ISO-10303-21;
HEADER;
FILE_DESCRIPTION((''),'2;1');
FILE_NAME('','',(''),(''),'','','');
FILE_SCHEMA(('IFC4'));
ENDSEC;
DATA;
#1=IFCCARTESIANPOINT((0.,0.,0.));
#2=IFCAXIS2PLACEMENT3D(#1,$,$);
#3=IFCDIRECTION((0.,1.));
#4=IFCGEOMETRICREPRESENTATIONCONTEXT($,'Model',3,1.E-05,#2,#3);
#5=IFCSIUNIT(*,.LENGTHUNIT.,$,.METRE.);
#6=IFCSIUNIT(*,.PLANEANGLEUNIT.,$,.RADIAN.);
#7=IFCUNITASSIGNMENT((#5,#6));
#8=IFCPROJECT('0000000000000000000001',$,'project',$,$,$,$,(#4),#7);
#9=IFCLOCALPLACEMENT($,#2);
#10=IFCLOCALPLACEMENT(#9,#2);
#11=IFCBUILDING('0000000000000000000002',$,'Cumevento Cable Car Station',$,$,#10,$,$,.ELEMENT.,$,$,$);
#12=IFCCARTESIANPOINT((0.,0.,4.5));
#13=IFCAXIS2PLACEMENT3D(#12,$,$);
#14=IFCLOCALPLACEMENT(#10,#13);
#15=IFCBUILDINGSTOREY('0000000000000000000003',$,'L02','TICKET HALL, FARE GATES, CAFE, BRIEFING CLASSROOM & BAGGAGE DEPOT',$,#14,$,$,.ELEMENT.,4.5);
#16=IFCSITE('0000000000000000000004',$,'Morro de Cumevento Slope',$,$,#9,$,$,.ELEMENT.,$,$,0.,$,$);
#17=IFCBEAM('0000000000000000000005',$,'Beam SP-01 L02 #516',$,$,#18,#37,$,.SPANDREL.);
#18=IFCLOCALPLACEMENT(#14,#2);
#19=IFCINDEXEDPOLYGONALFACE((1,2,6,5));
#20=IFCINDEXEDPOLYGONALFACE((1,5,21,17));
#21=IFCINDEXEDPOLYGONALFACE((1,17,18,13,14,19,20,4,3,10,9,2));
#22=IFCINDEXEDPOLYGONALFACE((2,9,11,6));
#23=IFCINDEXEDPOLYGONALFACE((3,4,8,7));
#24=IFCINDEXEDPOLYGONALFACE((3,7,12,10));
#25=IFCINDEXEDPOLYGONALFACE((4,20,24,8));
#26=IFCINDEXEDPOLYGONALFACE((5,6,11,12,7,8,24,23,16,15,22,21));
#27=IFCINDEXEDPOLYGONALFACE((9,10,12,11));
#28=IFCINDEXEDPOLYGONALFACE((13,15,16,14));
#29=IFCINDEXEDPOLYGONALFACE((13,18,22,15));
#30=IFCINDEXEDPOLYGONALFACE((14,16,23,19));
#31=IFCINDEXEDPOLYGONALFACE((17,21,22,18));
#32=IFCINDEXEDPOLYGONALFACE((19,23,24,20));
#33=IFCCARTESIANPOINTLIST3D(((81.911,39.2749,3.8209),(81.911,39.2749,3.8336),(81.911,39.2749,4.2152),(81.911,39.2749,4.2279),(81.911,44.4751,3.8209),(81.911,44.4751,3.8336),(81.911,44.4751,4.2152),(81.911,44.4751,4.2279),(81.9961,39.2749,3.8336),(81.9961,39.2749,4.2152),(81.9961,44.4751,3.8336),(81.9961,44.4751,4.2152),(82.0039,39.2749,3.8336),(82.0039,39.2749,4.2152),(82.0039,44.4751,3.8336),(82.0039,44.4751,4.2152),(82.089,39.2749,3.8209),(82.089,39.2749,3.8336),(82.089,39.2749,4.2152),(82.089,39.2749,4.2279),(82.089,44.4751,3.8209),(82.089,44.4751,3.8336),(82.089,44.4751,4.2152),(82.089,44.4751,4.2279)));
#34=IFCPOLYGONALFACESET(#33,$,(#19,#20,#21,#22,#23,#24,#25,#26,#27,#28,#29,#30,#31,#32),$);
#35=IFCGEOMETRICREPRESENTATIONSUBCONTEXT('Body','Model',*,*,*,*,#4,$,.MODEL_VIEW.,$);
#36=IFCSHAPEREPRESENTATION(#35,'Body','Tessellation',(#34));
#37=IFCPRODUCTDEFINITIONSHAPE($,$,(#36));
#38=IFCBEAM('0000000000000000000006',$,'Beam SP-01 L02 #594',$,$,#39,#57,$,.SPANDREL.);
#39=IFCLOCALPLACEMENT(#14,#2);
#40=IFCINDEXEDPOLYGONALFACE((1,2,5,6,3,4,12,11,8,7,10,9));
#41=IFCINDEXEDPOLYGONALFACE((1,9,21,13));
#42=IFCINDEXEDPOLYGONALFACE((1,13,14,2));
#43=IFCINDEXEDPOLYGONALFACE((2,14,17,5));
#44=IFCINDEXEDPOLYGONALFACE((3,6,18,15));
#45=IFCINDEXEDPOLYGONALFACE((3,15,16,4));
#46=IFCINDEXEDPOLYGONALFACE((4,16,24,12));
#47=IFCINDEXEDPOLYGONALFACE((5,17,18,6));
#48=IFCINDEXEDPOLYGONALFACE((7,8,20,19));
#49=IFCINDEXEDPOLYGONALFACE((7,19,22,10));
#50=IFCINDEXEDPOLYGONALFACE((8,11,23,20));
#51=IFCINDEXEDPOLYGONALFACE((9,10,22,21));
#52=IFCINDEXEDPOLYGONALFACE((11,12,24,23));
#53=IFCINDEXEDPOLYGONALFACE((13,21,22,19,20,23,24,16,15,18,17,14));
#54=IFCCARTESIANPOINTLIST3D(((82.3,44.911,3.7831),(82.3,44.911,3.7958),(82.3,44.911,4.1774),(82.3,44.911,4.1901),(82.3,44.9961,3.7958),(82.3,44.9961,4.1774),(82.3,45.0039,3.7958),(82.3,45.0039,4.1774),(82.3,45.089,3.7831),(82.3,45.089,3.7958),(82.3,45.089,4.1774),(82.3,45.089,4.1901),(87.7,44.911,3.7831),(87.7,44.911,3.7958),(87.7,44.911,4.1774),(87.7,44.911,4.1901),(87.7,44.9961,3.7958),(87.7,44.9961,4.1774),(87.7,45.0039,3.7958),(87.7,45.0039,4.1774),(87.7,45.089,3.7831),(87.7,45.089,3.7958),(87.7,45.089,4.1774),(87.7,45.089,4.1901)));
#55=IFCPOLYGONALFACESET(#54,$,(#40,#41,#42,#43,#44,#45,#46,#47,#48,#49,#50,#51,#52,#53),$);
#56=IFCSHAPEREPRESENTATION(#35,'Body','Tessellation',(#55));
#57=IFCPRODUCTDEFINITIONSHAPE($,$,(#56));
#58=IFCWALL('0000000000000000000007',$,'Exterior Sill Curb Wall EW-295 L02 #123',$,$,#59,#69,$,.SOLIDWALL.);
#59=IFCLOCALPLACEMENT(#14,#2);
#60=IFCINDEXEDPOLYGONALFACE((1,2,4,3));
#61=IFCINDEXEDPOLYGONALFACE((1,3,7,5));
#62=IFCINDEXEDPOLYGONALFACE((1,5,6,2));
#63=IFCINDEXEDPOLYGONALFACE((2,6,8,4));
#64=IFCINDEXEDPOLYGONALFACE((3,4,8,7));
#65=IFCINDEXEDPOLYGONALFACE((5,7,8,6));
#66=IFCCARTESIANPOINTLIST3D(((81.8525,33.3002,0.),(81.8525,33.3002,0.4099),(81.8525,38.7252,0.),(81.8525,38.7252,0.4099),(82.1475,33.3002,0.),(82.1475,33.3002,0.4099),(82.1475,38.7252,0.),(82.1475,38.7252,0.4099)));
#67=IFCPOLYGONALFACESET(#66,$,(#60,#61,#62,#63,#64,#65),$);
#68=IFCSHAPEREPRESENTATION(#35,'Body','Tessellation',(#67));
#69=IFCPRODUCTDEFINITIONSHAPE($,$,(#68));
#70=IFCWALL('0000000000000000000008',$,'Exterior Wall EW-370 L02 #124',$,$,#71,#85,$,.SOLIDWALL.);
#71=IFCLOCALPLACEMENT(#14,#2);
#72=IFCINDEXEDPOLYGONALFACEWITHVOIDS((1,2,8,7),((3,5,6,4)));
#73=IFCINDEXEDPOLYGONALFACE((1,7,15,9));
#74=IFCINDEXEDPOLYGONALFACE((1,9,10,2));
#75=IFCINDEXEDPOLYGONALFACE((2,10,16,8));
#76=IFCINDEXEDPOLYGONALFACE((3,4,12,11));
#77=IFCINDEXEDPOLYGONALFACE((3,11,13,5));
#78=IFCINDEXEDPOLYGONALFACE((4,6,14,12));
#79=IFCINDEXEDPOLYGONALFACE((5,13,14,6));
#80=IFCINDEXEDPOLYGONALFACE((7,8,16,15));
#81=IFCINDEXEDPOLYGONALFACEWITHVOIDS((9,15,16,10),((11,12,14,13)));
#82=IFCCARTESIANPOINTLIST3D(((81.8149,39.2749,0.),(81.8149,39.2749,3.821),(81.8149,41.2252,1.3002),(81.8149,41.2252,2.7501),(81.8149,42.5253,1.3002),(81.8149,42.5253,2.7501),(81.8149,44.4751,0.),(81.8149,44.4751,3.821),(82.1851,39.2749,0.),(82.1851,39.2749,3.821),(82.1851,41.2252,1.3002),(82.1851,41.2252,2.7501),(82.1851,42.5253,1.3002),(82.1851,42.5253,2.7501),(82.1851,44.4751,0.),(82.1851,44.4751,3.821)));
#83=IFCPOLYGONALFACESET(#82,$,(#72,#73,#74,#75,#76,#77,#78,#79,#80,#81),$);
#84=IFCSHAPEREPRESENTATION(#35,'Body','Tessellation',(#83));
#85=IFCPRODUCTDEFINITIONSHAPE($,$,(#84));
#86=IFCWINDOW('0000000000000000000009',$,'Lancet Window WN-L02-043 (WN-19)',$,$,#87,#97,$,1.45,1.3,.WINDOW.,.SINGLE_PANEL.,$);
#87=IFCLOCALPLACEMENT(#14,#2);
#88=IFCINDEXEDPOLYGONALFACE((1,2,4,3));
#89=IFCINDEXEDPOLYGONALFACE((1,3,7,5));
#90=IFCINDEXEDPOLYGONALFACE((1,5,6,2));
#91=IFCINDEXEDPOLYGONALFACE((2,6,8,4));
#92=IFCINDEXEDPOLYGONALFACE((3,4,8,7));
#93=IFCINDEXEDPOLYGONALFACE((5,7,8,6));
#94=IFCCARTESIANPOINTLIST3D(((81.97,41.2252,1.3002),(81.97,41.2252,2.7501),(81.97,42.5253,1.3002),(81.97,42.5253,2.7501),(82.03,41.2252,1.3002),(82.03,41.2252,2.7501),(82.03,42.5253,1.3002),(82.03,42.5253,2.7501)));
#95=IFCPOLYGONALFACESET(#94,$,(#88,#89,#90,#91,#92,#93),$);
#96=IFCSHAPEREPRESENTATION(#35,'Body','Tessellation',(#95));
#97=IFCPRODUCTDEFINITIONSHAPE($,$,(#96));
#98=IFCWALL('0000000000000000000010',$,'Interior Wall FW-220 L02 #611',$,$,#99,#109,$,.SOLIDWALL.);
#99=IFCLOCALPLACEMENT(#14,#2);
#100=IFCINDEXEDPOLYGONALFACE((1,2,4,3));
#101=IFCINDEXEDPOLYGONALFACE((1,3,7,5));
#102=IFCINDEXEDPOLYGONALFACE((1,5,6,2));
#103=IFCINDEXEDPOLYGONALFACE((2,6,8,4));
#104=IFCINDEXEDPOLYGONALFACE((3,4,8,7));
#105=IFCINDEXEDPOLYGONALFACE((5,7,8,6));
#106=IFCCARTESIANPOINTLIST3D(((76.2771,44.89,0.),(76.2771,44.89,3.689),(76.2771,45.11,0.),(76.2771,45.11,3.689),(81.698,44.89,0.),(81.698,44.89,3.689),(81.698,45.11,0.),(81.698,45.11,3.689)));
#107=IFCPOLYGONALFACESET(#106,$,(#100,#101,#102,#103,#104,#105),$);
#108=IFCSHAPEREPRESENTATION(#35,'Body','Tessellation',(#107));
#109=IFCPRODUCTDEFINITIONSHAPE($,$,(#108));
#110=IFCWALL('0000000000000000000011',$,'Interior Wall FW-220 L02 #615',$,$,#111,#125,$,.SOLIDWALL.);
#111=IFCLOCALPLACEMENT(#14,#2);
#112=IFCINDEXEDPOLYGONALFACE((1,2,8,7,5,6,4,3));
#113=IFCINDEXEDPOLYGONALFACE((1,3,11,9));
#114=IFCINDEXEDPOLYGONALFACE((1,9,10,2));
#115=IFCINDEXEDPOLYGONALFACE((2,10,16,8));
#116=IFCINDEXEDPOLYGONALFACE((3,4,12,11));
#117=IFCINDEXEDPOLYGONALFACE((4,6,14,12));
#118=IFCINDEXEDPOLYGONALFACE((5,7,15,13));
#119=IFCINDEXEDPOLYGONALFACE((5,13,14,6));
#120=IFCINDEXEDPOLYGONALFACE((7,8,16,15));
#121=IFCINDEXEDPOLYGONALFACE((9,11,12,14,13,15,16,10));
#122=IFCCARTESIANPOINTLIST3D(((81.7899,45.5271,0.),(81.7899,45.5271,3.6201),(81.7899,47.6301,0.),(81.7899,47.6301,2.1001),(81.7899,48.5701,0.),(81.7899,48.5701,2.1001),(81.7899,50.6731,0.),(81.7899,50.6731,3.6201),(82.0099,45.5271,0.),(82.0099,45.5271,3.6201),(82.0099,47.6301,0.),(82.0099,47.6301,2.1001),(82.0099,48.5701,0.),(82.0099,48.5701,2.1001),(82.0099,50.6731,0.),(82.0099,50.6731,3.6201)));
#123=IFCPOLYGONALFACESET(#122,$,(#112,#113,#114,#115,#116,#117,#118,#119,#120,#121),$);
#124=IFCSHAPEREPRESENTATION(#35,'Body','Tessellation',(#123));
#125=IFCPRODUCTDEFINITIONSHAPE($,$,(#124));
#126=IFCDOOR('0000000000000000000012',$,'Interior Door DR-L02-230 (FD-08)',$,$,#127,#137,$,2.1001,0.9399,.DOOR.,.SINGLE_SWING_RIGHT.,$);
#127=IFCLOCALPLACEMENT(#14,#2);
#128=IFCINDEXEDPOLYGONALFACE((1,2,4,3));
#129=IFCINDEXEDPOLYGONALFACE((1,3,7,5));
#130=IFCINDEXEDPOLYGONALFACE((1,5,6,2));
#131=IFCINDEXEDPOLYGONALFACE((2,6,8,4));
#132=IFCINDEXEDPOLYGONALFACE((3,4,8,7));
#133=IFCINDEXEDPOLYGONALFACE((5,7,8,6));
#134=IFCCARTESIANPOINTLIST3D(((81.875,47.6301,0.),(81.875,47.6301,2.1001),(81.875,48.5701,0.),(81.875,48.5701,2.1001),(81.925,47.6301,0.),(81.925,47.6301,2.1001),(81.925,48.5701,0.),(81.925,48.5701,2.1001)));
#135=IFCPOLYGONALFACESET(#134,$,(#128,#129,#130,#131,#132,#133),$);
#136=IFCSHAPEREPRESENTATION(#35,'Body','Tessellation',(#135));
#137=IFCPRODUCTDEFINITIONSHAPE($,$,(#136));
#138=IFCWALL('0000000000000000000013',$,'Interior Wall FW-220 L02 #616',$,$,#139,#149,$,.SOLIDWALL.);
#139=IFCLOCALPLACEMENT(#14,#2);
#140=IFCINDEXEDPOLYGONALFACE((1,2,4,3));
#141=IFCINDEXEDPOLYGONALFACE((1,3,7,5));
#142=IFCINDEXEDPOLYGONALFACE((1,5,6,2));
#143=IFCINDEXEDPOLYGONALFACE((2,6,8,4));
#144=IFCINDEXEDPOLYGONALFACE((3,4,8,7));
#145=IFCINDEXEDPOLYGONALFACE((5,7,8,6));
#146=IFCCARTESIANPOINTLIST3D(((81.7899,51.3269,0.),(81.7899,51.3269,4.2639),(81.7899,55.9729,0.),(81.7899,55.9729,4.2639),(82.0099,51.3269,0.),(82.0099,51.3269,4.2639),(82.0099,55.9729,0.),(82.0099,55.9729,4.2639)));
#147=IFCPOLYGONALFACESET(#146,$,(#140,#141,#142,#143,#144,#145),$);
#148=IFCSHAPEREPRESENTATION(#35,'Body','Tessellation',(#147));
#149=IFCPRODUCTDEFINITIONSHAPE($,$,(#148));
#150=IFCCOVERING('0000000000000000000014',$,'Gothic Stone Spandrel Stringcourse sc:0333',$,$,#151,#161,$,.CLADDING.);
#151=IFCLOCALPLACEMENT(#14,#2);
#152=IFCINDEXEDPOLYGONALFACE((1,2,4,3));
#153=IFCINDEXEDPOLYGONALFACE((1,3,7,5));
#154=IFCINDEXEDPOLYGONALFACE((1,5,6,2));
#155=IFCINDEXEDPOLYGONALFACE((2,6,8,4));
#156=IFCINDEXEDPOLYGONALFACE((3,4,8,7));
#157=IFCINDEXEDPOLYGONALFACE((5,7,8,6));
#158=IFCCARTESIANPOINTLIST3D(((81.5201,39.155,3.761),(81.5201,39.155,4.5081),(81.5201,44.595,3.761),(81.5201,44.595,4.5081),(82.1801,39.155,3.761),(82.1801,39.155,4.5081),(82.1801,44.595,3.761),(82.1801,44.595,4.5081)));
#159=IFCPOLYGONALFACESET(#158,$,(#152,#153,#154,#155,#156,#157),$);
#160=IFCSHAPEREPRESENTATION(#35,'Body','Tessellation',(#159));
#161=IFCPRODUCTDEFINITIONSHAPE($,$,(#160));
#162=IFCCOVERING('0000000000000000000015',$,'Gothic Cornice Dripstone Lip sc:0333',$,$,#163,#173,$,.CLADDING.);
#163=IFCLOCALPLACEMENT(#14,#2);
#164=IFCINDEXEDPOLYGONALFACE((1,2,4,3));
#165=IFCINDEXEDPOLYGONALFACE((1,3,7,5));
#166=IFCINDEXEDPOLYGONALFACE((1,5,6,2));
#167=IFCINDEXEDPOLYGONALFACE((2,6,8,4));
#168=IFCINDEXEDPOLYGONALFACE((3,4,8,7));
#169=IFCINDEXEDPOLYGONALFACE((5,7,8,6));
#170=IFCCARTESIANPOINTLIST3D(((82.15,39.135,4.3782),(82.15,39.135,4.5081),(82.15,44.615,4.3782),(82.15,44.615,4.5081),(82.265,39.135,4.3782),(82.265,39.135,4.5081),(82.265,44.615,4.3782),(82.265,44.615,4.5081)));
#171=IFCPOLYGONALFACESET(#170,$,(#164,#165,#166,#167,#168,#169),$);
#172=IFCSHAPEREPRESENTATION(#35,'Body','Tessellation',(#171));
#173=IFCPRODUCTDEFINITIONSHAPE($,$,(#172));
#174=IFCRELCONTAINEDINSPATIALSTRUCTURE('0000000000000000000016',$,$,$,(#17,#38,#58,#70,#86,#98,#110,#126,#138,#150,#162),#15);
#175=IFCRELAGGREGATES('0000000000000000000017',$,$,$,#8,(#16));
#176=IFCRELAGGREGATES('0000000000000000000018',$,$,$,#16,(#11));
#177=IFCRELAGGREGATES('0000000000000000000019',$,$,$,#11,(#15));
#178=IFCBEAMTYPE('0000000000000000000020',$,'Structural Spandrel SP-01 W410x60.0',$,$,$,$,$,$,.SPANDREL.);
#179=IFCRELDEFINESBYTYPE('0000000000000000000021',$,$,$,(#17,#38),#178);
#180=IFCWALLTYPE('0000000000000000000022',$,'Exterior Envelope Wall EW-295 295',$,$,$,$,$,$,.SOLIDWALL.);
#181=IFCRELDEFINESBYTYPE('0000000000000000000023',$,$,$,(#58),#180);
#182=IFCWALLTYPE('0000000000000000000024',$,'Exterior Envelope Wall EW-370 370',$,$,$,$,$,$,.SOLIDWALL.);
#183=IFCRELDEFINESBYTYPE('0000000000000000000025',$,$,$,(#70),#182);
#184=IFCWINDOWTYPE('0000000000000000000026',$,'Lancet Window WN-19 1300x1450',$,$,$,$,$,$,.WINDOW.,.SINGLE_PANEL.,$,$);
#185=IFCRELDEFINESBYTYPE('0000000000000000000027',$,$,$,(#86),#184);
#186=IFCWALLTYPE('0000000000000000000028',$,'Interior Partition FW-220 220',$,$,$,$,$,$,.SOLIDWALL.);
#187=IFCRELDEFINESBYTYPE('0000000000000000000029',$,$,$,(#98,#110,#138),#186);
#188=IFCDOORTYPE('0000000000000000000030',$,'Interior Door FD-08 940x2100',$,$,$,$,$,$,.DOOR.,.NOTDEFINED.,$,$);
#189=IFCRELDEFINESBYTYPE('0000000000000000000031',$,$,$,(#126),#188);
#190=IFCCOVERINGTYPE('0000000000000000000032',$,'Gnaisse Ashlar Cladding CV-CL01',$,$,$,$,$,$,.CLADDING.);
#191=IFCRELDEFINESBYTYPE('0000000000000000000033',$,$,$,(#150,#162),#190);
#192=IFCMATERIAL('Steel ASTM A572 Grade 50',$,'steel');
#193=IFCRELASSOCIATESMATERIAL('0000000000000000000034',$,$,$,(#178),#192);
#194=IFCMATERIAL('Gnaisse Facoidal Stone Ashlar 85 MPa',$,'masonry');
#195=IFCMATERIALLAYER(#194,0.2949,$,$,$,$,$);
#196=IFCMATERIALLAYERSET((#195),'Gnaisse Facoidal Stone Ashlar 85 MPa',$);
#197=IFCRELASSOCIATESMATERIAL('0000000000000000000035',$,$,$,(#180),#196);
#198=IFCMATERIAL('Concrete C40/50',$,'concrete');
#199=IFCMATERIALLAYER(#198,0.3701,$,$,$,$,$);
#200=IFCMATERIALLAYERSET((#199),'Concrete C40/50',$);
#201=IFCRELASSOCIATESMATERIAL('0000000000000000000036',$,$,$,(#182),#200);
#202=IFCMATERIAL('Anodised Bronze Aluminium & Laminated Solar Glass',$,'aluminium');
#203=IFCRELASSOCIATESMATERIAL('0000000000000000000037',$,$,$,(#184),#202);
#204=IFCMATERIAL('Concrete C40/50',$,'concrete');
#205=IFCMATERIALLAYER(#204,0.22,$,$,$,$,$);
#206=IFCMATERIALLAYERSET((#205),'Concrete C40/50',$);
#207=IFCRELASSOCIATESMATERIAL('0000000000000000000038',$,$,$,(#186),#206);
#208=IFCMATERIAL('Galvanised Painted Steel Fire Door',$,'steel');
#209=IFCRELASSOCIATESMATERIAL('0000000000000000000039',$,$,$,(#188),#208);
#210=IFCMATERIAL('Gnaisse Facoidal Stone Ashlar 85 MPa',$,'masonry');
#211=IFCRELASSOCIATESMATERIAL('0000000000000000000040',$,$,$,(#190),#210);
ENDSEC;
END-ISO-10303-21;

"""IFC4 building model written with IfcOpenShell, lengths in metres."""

from ifc_helpers import new_model, si_unit, direction, frame, frame_2d, origin, origin_2d, place, context, subcontext, project, spatial, rectangle, i_section, extrude, material, layer, layer_set, material_profile, profile_set, type_object, element, fill, save


model = new_model("IFC4")

# Units and contexts
model_context = context("Model", 3, precision=1e-05, world=origin(), true_north=direction((0.0, 1.0)))
body_context = subcontext(model_context, "Body", "Model", "MODEL_VIEW")
ifc_project = project(units=[si_unit("LENGTHUNIT", "METRE"), si_unit("PLANEANGLEUNIT", "RADIAN")], contexts=[model_context])

# Site, building, storey
site_placement = place(None, origin())
site = spatial("IfcSite", under=ifc_project, at=site_placement, Name="Morro de Cumevento Slope", CompositionType="ELEMENT", RefElevation=0.0)
building_placement = place(site_placement, origin())
building = spatial("IfcBuilding", under=site, at=building_placement, Name="Cumevento Cable Car Station", CompositionType="ELEMENT")
storey_placement = place(building_placement, frame((0.0, 0.0, 4.5)))
storey = spatial("IfcBuildingStorey", under=building, at=storey_placement, Name="L02", Description="TICKET HALL, FARE GATES, CAFE, BRIEFING CLASSROOM & BAGGAGE DEPOT", CompositionType="ELEMENT", Elevation=4.5)

# Beams
ifc_material_1 = material(Name="Steel ASTM A572 Grade 50", Category="steel")
ifc_material_profile_1 = material_profile(ifc_material_1, i_section(OverallWidth=0.178, OverallDepth=0.407, WebThickness=0.0078, FlangeThickness=0.0127, at=origin_2d()), Name="W410x60.0")
ifc_profile_set_1 = profile_set([ifc_material_profile_1], Name="Steel ASTM A572 Grade 50")
beam_type_1 = type_object("IfcBeamType", Name="Structural Spandrel SP-01 W410x60.0", PredefinedType="SPANDREL", material=ifc_profile_set_1)
beam_1_placement = place(storey_placement, frame((82.0, 39.2749, 4.0244), z_axis=(0.0, 1.0, 0.0), x_axis=(-1.0, 0.0, 0.0)))
element("IfcBeam", 1, at=beam_1_placement, inside=storey, type_object=beam_type_1, Name="Beam SP-01 L02 #516", PredefinedType="SPANDREL", context=body_context, shape_type="SweptSolid", body=[
    extrude(i_section(OverallWidth=0.178, OverallDepth=0.407, WebThickness=0.0078, FlangeThickness=0.0127, at=origin_2d()), origin(), (0.0, 0.0, 1.0), 5.2002),
])
beam_2_placement = place(storey_placement, frame((82.3, 45.0, 3.9866), z_axis=(1.0, 0.0, 0.0), x_axis=(0.0, 1.0, 0.0)))
element("IfcBeam", 2, at=beam_2_placement, inside=storey, type_object=beam_type_1, Name="Beam SP-01 L02 #594", PredefinedType="SPANDREL", context=body_context, shape_type="SweptSolid", body=[
    extrude(i_section(OverallWidth=0.178, OverallDepth=0.407, WebThickness=0.0078, FlangeThickness=0.0127, at=origin_2d()), origin(), (0.0, 0.0, 1.0), 5.3999),
])

# Wall
ifc_material_2 = material(Name="Gnaisse Facoidal Stone Ashlar 85 MPa", Category="masonry")
ifc_layer_1 = layer(ifc_material_2, 0.2949)
ifc_layer_set_1 = layer_set([ifc_layer_1], Name="Gnaisse Facoidal Stone Ashlar 85 MPa")
wall_type_1 = type_object("IfcWallType", Name="Exterior Envelope Wall EW-295 295", PredefinedType="SOLIDWALL", material=ifc_layer_set_1)
wall_1_placement = place(storey_placement, frame((82.0, 38.7251, 0.0), z_axis=(0.0, 0.0, 1.0), x_axis=(0.0, -1.0, 0.0)))
element("IfcWall", 3, at=wall_1_placement, inside=storey, type_object=wall_type_1, Name="Exterior Sill Curb Wall EW-295 L02 #123", PredefinedType="SOLIDWALL", context=body_context, shape_type="SweptSolid", body=[
    extrude(rectangle(XDim=5.425, YDim=0.2949, at=frame_2d((2.7124, 0.0))), origin(), (0.0, 0.0, 1.0), 0.4099),
])

# Wall, opening, window
ifc_material_3 = material(Name="Concrete C40/50", Category="concrete")
ifc_layer_2 = layer(ifc_material_3, 0.3701)
ifc_layer_set_2 = layer_set([ifc_layer_2], Name="Concrete C40/50")
wall_type_2 = type_object("IfcWallType", Name="Exterior Envelope Wall EW-370 370", PredefinedType="SOLIDWALL", material=ifc_layer_set_2)
wall_2_placement = place(storey_placement, frame((82.0, 44.4751, 0.0), z_axis=(0.0, 0.0, 1.0), x_axis=(0.0, -1.0, 0.0)))
wall_2 = element("IfcWall", 4, at=wall_2_placement, inside=storey, type_object=wall_type_2, Name="Exterior Wall EW-370 L02 #124", PredefinedType="SOLIDWALL", context=body_context, shape_type="SweptSolid", body=[
    extrude(rectangle(XDim=5.2002, YDim=0.3701, at=frame_2d((2.6001, 0.0))), origin(), (0.0, 0.0, 1.0), 3.821),
])
opening_1_placement = place(wall_2_placement, frame((1.95, 0.0, 1.3)))
opening_1 = element("IfcOpeningElement", 5, at=opening_1_placement, cuts=wall_2, PredefinedType="OPENING", context=body_context, shape_type="SweptSolid", body=[
    extrude(rectangle(XDim=1.3, YDim=1.45, at=frame_2d((0.6499, 0.7251))), frame((0.0, 0.1951, 0.0), z_axis=(0.0, -1.0, 0.0), x_axis=(1.0, 0.0, 0.0)), (0.0, 0.0, 1.0), 0.3901),
])
ifc_material_4 = material(Name="Anodised Bronze Aluminium & Laminated Solar Glass", Category="aluminium")
window_type = type_object("IfcWindowType", Name="Lancet Window WN-19 1300x1450", PartitioningType="SINGLE_PANEL", PredefinedType="WINDOW", material=ifc_material_4)
window_placement = place(opening_1_placement, origin())
window = element("IfcWindow", 6, at=window_placement, inside=storey, type_object=window_type, Name="Lancet Window WN-L02-043 (WN-19)", OverallHeight=1.45, OverallWidth=1.3, PartitioningType="SINGLE_PANEL", PredefinedType="WINDOW", context=body_context, shape_type="SweptSolid", body=[
    extrude(rectangle(XDim=1.3, YDim=1.45, at=frame_2d((0.6499, 0.7251))), frame((0.0, 0.03, 0.0), z_axis=(0.0, -1.0, 0.0), x_axis=(1.0, 0.0, 0.0)), (0.0, 0.0, 1.0), 0.0601),
])
fill(opening_1, window)

# Wall
ifc_material_5 = material(Name="Concrete C40/50", Category="concrete")
ifc_layer_3 = layer(ifc_material_5, 0.22)
ifc_layer_set_3 = layer_set([ifc_layer_3], Name="Concrete C40/50")
wall_type_3 = type_object("IfcWallType", Name="Interior Partition FW-220 220", PredefinedType="SOLIDWALL", material=ifc_layer_set_3)
wall_3_placement = place(storey_placement, frame((76.2771, 45.0, 0.0), z_axis=(0.0, 0.0, 1.0), x_axis=(1.0, 0.0, 0.0)))
element("IfcWall", 7, at=wall_3_placement, inside=storey, type_object=wall_type_3, Name="Interior Wall FW-220 L02 #611", PredefinedType="SOLIDWALL", context=body_context, shape_type="SweptSolid", body=[
    extrude(rectangle(XDim=5.4209, YDim=0.22, at=frame_2d((2.7104, 0.0))), origin(), (0.0, 0.0, 1.0), 3.689),
])

# Wall, opening, door
wall_4_placement = place(storey_placement, frame((81.8999, 45.5271, 0.0), z_axis=(0.0, 0.0, 1.0), x_axis=(0.0, 1.0, 0.0)))
wall_4 = element("IfcWall", 8, at=wall_4_placement, inside=storey, type_object=wall_type_3, Name="Interior Wall FW-220 L02 #615", PredefinedType="SOLIDWALL", context=body_context, shape_type="SweptSolid", body=[
    extrude(rectangle(XDim=5.146, YDim=0.22, at=frame_2d((2.573, 0.0))), origin(), (0.0, 0.0, 1.0), 3.6201),
])
opening_2_placement = place(wall_4_placement, frame((2.103, 0.0, 0.0)))
opening_2 = element("IfcOpeningElement", 9, at=opening_2_placement, cuts=wall_4, PredefinedType="OPENING", context=body_context, shape_type="SweptSolid", body=[
    extrude(rectangle(XDim=0.9399, YDim=2.1001, at=frame_2d((0.47, 1.05))), frame((0.0, 0.1199, 0.0), z_axis=(0.0, -1.0, 0.0), x_axis=(1.0, 0.0, 0.0)), (0.0, 0.0, 1.0), 0.24),
])
ifc_material_6 = material(Name="Galvanised Painted Steel Fire Door", Category="steel")
door_type = type_object("IfcDoorType", Name="Interior Door FD-08 940x2100", OperationType="NOTDEFINED", PredefinedType="DOOR", material=ifc_material_6)
door_placement = place(opening_2_placement, origin())
door = element("IfcDoor", 10, at=door_placement, inside=storey, type_object=door_type, Name="Interior Door DR-L02-230 (FD-08)", OperationType="SINGLE_SWING_RIGHT", OverallHeight=2.1001, OverallWidth=0.9399, PredefinedType="DOOR", context=body_context, shape_type="SweptSolid", body=[
    extrude(rectangle(XDim=0.9399, YDim=2.1001, at=frame_2d((0.47, 1.05))), frame((0.0, 0.0249, 0.0), z_axis=(0.0, -1.0, 0.0), x_axis=(1.0, 0.0, 0.0)), (0.0, 0.0, 1.0), 0.05),
])
fill(opening_2, door)

# Wall
wall_5_placement = place(storey_placement, frame((81.8999, 51.3269, 0.0), z_axis=(0.0, 0.0, 1.0), x_axis=(0.0, 1.0, 0.0)))
element("IfcWall", 11, at=wall_5_placement, inside=storey, type_object=wall_type_3, Name="Interior Wall FW-220 L02 #616", PredefinedType="SOLIDWALL", context=body_context, shape_type="SweptSolid", body=[
    extrude(rectangle(XDim=4.646, YDim=0.22, at=frame_2d((2.323, 0.0))), origin(), (0.0, 0.0, 1.0), 4.2639),
])

# Coverings
ifc_material_7 = material(Name="Gnaisse Facoidal Stone Ashlar 85 MPa", Category="masonry")
covering_type = type_object("IfcCoveringType", Name="Gnaisse Ashlar Cladding CV-CL01", PredefinedType="CLADDING", material=ifc_material_7)
covering_1_placement = place(storey_placement, frame((81.8501, 41.875, 3.761), z_axis=(0.0, 0.0, 1.0), x_axis=(0.0, -1.0, 0.0)))
element("IfcCovering", 12, at=covering_1_placement, inside=storey, type_object=covering_type, Name="Gothic Stone Spandrel Stringcourse sc:0333", PredefinedType="CLADDING", context=body_context, shape_type="SweptSolid", body=[
    extrude(rectangle(XDim=5.4399, YDim=0.6599, at=origin_2d()), origin(), (0.0, 0.0, 1.0), 0.7471),
])
covering_2_placement = place(storey_placement, frame((82.2075, 41.875, 4.3782), z_axis=(0.0, 0.0, 1.0), x_axis=(0.0, -1.0, 0.0)))
element("IfcCovering", 13, at=covering_2_placement, inside=storey, type_object=covering_type, Name="Gothic Cornice Dripstone Lip sc:0333", PredefinedType="CLADDING", context=body_context, shape_type="SweptSolid", body=[
    extrude(rectangle(XDim=5.48, YDim=0.115, at=origin_2d()), origin(), (0.0, 0.0, 1.0), 0.1299),
])

save(model, "model.ifc")
